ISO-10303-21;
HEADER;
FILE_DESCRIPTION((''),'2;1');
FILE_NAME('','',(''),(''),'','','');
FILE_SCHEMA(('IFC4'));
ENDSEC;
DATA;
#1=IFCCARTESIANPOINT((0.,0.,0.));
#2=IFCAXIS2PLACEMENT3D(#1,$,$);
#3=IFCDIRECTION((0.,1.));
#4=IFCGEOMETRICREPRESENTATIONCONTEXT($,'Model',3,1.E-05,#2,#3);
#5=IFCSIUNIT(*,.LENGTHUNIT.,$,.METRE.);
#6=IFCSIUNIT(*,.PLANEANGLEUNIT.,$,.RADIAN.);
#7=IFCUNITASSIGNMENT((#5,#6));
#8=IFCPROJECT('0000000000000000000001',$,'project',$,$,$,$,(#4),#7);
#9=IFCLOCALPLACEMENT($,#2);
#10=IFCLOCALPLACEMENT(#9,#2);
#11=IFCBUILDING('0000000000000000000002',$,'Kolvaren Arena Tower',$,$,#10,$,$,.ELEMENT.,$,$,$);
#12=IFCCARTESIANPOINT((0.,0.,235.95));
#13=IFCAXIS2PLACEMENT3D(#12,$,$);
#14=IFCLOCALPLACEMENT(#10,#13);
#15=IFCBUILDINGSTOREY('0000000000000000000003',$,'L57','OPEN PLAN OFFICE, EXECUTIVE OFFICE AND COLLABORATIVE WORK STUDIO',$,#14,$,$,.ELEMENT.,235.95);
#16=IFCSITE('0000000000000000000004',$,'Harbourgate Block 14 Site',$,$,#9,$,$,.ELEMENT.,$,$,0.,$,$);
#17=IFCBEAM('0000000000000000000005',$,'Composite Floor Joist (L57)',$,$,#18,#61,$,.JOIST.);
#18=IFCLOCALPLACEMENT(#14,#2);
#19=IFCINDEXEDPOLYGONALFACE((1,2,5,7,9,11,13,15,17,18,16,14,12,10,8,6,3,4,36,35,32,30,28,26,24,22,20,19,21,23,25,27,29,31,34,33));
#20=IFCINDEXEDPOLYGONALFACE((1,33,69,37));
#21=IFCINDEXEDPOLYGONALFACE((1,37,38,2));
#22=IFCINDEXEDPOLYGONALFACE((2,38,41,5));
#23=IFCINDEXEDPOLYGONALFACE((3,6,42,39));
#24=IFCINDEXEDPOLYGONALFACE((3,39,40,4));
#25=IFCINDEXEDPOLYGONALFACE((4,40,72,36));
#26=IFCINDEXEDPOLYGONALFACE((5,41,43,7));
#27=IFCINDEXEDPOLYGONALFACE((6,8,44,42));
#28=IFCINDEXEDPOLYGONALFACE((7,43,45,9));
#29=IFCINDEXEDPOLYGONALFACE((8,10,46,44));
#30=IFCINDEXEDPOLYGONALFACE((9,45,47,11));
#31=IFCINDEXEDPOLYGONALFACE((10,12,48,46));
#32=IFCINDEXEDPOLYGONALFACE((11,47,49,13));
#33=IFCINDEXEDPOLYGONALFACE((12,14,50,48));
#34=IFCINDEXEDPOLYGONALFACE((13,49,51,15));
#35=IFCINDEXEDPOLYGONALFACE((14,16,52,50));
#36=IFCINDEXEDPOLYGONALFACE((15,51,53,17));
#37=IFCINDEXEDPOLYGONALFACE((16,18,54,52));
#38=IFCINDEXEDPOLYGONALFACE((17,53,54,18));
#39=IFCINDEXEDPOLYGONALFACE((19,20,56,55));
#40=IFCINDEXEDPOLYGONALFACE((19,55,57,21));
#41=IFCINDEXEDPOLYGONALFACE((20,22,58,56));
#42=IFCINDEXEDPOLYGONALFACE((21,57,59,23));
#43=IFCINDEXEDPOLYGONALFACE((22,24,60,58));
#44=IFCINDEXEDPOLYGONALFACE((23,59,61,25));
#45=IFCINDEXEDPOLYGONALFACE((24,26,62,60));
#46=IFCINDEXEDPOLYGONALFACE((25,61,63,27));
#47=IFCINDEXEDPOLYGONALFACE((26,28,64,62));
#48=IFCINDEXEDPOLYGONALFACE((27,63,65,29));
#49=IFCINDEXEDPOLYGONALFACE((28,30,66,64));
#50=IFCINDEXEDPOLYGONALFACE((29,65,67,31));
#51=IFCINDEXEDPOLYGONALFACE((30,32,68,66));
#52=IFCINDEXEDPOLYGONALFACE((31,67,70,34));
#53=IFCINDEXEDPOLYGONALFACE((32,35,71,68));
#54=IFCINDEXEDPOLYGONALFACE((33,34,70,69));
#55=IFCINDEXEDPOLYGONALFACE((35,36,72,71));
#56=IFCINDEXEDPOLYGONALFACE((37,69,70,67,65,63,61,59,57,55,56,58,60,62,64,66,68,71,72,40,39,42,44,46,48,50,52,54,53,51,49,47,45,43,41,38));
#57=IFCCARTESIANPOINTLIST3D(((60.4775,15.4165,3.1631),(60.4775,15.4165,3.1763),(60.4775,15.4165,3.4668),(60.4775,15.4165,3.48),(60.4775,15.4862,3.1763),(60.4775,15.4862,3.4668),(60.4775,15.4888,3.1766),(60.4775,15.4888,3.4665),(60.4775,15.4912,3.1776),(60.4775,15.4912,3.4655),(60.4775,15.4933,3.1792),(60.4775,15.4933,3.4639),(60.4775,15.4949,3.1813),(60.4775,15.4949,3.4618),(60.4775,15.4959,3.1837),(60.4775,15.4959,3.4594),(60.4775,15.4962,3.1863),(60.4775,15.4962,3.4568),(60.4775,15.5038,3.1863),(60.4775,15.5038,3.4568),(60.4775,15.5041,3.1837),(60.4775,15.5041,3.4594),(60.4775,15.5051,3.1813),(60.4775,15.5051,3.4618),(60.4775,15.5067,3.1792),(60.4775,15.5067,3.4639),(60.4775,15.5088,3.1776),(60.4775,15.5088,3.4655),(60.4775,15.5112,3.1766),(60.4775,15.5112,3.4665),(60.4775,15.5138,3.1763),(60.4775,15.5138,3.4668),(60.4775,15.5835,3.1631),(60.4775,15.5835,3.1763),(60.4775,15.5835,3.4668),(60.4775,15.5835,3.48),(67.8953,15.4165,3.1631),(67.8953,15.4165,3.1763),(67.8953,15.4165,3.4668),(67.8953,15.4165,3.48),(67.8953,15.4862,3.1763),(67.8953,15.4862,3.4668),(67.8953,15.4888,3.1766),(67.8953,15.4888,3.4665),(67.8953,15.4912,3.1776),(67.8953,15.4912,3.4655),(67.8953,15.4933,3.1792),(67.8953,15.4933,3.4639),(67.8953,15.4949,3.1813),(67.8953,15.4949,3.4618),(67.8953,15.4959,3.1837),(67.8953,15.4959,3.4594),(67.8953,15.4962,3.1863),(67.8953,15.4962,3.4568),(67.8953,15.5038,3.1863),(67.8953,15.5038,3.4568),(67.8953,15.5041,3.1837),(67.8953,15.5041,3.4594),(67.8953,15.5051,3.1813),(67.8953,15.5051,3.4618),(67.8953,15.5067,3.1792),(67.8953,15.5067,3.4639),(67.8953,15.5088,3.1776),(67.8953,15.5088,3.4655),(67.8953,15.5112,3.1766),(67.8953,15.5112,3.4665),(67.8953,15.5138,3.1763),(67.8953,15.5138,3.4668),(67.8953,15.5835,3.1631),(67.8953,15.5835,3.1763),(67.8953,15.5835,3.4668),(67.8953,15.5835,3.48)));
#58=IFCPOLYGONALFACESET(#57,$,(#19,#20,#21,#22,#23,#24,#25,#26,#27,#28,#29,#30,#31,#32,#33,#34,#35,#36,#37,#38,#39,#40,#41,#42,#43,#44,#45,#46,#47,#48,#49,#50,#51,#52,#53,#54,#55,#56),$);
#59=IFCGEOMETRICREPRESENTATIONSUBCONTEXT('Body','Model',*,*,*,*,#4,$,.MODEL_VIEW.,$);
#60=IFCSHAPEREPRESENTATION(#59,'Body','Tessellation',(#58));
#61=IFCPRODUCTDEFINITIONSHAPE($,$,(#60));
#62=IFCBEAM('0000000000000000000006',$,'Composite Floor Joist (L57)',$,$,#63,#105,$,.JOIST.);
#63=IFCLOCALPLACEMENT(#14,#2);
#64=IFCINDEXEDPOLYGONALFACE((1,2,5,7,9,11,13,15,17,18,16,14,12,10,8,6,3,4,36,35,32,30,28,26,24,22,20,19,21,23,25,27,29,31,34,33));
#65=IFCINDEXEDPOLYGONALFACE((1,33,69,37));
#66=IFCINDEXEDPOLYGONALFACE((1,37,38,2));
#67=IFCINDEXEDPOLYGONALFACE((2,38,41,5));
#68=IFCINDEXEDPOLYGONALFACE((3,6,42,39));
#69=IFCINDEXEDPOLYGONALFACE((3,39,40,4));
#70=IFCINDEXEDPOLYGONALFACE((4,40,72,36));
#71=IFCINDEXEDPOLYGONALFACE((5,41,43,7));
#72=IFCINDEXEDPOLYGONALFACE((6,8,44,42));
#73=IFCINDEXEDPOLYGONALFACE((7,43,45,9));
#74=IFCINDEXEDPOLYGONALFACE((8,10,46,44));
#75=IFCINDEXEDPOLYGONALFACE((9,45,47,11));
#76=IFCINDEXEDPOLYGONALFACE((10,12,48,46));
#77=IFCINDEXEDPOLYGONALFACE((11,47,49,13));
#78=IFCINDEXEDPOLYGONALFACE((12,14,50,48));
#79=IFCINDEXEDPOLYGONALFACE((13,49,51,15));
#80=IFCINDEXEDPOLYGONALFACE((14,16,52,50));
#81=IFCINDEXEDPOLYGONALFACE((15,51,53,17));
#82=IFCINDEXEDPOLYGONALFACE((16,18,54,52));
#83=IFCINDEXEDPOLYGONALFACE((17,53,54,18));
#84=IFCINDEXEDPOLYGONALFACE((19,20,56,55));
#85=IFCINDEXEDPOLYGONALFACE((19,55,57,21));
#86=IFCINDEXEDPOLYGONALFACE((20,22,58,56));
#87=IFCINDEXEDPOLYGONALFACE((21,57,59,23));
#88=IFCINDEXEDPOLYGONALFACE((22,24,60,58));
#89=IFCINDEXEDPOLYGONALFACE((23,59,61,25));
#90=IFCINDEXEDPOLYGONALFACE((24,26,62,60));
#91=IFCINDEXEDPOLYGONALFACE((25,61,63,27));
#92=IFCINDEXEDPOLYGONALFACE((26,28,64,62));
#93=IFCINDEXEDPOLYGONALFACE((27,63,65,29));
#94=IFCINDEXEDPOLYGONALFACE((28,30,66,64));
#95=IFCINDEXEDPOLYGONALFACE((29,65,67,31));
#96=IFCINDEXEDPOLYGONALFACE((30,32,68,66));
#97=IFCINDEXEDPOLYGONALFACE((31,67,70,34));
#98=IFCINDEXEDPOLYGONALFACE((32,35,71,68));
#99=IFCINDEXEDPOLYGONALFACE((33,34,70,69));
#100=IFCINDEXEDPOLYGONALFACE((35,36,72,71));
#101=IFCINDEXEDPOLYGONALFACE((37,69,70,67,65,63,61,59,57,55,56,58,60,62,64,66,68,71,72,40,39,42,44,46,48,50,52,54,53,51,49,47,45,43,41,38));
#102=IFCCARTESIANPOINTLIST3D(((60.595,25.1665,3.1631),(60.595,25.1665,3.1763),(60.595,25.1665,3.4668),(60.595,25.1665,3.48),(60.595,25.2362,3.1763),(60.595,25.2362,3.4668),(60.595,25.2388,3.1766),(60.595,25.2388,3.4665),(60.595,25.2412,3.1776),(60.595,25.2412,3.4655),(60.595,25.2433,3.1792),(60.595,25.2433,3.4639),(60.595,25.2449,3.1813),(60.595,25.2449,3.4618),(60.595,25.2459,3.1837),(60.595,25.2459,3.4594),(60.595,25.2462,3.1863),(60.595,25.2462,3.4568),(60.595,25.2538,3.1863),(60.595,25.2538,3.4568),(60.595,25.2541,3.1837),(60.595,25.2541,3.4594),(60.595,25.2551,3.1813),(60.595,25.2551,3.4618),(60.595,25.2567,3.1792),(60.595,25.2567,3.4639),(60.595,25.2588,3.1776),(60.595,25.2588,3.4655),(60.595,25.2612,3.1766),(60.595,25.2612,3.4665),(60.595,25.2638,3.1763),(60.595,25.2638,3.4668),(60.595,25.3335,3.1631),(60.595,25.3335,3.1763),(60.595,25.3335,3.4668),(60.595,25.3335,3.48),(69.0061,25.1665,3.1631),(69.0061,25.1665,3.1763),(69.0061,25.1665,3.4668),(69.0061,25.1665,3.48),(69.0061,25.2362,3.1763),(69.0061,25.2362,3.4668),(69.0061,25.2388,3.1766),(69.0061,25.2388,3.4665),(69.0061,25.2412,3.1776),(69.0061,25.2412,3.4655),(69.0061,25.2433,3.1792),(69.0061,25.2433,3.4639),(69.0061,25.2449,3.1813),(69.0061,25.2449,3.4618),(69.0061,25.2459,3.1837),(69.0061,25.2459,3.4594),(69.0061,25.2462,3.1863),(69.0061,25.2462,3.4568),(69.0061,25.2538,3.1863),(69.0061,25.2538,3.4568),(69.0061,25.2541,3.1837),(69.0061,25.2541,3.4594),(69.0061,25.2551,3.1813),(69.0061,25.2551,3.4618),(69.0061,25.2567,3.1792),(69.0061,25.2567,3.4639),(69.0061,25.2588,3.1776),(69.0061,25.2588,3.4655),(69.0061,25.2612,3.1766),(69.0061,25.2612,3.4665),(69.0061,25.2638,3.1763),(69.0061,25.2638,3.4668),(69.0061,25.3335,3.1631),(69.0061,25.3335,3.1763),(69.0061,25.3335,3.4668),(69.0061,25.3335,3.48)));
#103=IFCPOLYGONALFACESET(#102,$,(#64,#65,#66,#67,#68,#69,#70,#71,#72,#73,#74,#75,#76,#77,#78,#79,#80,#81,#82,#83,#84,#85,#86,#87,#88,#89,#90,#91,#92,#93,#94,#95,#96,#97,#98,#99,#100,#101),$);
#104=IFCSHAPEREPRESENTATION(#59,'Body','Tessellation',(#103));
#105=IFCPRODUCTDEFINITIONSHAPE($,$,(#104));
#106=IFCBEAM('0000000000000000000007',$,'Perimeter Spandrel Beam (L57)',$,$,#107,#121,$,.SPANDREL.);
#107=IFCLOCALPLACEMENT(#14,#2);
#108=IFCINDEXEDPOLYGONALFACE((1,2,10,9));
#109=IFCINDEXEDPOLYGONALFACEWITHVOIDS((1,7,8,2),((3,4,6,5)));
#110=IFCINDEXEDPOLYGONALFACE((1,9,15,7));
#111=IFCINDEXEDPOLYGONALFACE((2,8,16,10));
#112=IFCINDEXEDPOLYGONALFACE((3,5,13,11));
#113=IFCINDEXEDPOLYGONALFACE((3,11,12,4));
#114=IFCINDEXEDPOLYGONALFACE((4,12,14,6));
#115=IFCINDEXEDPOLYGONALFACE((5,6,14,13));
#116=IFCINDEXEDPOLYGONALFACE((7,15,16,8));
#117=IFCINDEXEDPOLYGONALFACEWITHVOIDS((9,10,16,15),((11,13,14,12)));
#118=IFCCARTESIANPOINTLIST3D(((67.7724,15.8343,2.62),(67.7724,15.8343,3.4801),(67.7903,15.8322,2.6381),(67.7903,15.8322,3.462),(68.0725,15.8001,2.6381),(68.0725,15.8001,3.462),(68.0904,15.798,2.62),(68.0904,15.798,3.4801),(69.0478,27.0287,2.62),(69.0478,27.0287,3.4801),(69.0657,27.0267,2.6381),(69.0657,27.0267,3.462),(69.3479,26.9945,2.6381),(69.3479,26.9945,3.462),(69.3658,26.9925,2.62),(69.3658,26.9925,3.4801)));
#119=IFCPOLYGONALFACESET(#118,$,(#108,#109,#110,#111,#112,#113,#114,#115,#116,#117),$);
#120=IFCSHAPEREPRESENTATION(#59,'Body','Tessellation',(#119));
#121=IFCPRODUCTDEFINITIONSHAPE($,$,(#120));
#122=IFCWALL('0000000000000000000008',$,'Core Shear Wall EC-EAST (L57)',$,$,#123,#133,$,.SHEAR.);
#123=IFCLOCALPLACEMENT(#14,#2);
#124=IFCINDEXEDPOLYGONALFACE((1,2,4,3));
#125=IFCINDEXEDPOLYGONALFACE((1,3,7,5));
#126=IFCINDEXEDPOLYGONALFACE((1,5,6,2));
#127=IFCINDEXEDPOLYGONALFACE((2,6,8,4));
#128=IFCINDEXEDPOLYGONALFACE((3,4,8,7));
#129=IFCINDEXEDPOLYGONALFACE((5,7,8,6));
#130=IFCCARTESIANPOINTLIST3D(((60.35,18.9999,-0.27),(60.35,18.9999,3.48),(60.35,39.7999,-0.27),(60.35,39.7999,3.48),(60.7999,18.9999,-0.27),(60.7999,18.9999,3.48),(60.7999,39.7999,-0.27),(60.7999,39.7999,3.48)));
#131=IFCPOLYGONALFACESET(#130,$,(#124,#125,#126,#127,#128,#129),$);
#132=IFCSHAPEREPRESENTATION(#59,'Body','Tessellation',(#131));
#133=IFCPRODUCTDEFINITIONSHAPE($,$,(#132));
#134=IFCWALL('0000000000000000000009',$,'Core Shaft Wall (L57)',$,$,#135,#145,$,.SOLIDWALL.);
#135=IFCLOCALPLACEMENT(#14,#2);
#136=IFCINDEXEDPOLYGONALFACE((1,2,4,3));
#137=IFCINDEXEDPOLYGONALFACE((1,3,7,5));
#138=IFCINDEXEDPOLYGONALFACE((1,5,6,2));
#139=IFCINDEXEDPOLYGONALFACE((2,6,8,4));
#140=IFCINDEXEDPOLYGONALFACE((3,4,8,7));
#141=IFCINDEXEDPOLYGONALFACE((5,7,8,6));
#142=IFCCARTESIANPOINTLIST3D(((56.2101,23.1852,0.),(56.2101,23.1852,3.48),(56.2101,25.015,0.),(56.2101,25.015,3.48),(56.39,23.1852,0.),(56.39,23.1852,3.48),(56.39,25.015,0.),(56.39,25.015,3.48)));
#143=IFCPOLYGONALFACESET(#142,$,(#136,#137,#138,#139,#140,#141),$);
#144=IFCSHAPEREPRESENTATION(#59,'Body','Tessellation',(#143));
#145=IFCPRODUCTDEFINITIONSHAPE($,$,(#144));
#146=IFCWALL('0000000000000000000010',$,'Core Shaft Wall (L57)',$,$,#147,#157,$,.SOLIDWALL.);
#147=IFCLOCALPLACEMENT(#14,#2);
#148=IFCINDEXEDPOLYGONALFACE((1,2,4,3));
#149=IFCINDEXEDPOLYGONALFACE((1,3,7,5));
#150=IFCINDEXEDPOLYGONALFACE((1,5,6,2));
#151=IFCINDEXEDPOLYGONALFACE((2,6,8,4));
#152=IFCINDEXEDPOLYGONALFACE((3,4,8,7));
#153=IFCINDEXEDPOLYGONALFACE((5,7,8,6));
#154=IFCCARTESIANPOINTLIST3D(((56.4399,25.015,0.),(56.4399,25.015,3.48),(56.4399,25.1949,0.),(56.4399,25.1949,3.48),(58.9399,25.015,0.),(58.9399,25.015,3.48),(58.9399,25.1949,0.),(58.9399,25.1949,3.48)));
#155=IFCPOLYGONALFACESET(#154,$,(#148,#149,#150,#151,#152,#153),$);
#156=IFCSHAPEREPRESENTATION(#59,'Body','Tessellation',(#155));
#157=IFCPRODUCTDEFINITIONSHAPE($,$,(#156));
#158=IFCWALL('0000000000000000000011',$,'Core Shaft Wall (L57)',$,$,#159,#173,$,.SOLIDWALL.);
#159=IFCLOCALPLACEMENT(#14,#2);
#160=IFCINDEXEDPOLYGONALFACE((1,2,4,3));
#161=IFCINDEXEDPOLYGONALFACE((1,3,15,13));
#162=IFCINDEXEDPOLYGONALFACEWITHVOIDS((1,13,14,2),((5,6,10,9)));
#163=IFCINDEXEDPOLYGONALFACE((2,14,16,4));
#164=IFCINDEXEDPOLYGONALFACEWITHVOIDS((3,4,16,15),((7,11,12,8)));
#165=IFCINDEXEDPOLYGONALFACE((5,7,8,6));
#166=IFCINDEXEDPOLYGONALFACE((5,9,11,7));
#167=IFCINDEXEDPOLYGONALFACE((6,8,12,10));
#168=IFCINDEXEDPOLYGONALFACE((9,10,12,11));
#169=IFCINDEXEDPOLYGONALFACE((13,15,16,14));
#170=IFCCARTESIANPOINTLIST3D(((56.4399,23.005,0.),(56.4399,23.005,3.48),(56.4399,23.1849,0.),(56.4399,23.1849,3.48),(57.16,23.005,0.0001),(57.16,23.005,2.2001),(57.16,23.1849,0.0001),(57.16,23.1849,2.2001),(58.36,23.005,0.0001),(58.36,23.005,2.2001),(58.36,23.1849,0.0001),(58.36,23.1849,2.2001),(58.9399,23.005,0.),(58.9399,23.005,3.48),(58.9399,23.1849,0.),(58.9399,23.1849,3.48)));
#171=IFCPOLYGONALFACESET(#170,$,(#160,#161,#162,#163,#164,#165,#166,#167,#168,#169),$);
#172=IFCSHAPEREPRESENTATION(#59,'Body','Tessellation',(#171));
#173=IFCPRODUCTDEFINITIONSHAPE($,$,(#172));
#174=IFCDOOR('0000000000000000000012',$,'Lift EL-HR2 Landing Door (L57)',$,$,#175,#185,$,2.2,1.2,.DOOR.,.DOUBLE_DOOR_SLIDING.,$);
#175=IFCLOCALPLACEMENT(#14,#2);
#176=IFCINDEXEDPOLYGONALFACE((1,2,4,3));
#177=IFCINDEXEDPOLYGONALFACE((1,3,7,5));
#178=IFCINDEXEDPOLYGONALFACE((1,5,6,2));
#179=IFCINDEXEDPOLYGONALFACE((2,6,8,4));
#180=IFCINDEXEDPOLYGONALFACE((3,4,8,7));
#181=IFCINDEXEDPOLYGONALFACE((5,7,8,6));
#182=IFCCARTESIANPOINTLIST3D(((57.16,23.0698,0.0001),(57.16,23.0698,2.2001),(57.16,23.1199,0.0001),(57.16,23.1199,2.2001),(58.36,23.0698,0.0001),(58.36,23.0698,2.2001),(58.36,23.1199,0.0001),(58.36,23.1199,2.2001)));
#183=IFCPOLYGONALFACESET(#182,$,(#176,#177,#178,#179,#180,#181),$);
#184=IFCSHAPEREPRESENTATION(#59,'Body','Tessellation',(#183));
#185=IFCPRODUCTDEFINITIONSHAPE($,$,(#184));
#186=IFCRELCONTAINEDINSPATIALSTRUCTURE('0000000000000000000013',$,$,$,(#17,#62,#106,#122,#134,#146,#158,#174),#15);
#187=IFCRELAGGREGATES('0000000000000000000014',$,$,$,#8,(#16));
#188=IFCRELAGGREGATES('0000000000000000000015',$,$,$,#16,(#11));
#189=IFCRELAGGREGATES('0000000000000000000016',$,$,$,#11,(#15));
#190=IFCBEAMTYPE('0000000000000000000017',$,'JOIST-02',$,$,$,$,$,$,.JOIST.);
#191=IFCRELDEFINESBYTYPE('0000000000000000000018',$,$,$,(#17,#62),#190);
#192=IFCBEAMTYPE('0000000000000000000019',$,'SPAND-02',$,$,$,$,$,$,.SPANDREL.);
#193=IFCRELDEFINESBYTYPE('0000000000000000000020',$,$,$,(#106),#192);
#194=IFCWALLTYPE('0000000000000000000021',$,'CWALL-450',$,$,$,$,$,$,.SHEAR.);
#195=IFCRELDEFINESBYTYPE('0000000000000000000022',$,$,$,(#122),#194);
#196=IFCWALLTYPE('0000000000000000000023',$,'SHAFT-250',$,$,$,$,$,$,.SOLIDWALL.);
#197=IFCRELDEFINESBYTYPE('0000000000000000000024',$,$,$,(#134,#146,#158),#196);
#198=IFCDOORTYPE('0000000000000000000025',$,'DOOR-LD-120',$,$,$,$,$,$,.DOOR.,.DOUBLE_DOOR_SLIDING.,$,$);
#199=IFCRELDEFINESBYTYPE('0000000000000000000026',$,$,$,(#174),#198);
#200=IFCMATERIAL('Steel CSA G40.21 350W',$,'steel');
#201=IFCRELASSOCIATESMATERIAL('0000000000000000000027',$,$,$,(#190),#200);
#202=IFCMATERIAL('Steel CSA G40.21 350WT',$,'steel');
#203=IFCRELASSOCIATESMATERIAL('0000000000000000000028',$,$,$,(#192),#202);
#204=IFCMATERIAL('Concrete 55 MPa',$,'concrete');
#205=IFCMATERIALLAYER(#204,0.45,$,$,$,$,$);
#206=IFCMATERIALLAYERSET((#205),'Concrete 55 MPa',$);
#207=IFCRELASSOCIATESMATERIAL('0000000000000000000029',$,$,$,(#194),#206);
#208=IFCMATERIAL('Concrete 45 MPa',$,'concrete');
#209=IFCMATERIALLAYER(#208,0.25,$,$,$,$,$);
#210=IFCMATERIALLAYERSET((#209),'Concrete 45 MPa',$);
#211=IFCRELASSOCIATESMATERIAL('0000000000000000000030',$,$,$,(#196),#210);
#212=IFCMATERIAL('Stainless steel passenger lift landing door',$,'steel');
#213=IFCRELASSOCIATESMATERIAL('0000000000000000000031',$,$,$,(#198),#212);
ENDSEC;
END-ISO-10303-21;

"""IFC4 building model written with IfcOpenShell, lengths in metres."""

from ifc_helpers import new_model, si_unit, direction, frame, frame_2d, origin, origin_2d, place, context, subcontext, project, spatial, rectangle, hollow_rectangle, i_section, extrude, material, layer, layer_set, material_profile, profile_set, type_object, element, fill, save


model = new_model("IFC4")

# Units and contexts
model_context = context("Model", 3, precision=1e-05, world=origin(), true_north=direction((0.0, 1.0)))
body_context = subcontext(model_context, "Body", "Model", "MODEL_VIEW")
ifc_project = project(units=[si_unit("LENGTHUNIT", "METRE"), si_unit("PLANEANGLEUNIT", "RADIAN")], contexts=[model_context])

# Site, building, storey
site_placement = place(None, origin())
site = spatial("IfcSite", under=ifc_project, at=site_placement, Name="Harbourgate Block 14 Site", CompositionType="ELEMENT", RefElevation=0.0)
building_placement = place(site_placement, origin())
building = spatial("IfcBuilding", under=site, at=building_placement, Name="Kolvaren Arena Tower", CompositionType="ELEMENT")
storey_placement = place(building_placement, frame((0.0, 0.0, 235.95)))
storey = spatial("IfcBuildingStorey", under=building, at=storey_placement, Name="L57", Description="OPEN PLAN OFFICE, EXECUTIVE OFFICE AND COLLABORATIVE WORK STUDIO", CompositionType="ELEMENT", Elevation=235.95)

# Beams
ifc_material_1 = material(Name="Steel CSA G40.21 350W", Category="steel")
ifc_material_profile_1 = material_profile(ifc_material_1, i_section(OverallWidth=0.167, OverallDepth=0.3169, WebThickness=0.0076, FlangeThickness=0.0132, FilletRadius=0.01, at=origin_2d()), Name="W310x52")
ifc_profile_set_1 = profile_set([ifc_material_profile_1], Name="Steel CSA G40.21 350W")
beam_type_1 = type_object("IfcBeamType", Name="JOIST-02", PredefinedType="JOIST", material=ifc_profile_set_1)
beam_1_placement = place(storey_placement, frame((60.4775, 15.5, 3.3215), z_axis=(1.0, 0.0, 0.0), x_axis=(0.0, 1.0, 0.0)))
element("IfcBeam", 1, at=beam_1_placement, inside=storey, type_object=beam_type_1, Name="Composite Floor Joist (L57)", PredefinedType="JOIST", context=body_context, shape_type="SweptSolid", body=[
    extrude(i_section(OverallWidth=0.167, OverallDepth=0.3169, WebThickness=0.0076, FlangeThickness=0.0132, FilletRadius=0.01, at=origin_2d()), origin(), (0.0, 0.0, 1.0), 7.4177),
])
beam_2_placement = place(storey_placement, frame((60.595, 25.25, 3.3215), z_axis=(1.0, 0.0, 0.0), x_axis=(0.0, 1.0, 0.0)))
element("IfcBeam", 2, at=beam_2_placement, inside=storey, type_object=beam_type_1, Name="Composite Floor Joist (L57)", PredefinedType="JOIST", context=body_context, shape_type="SweptSolid", body=[
    extrude(i_section(OverallWidth=0.167, OverallDepth=0.3169, WebThickness=0.0076, FlangeThickness=0.0132, FilletRadius=0.01, at=origin_2d()), origin(), (0.0, 0.0, 1.0), 8.4111),
])
ifc_material_2 = material(Name="Steel CSA G40.21 350WT", Category="steel")
ifc_material_profile_2 = material_profile(ifc_material_2, hollow_rectangle(XDim=0.3201, YDim=0.8601, WallThickness=0.0181, at=origin_2d()), Name="HSS 860x320x18")
ifc_profile_set_2 = profile_set([ifc_material_profile_2], Name="Steel CSA G40.21 350WT")
beam_type_2 = type_object("IfcBeamType", Name="SPAND-02", PredefinedType="SPANDREL", material=ifc_profile_set_2)
beam_3_placement = place(storey_placement, frame((67.9314, 15.8162, 3.05), z_axis=(0.113199, 0.993572, 0.0), x_axis=(-0.993572, 0.113199, 0.0)))
element("IfcBeam", 3, at=beam_3_placement, inside=storey, type_object=beam_type_2, Name="Perimeter Spandrel Beam (L57)", PredefinedType="SPANDREL", context=body_context, shape_type="SweptSolid", body=[
    extrude(hollow_rectangle(XDim=0.3201, YDim=0.8601, WallThickness=0.0181, at=origin_2d()), origin(), (0.0, 0.0, 1.0), 11.2668),
])

# Walls
ifc_material_3 = material(Name="Concrete 55 MPa", Category="concrete")
ifc_layer_1 = layer(ifc_material_3, 0.45)
ifc_layer_set_1 = layer_set([ifc_layer_1], Name="Concrete 55 MPa")
wall_type_1 = type_object("IfcWallType", Name="CWALL-450", PredefinedType="SHEAR", material=ifc_layer_set_1)
wall_1_placement = place(storey_placement, frame((60.575, 19.0, -0.27), z_axis=(0.0, 0.0, 1.0), x_axis=(0.0, 1.0, 0.0)))
element("IfcWall", 4, at=wall_1_placement, inside=storey, type_object=wall_type_1, Name="Core Shear Wall EC-EAST (L57)", PredefinedType="SHEAR", context=body_context, shape_type="SweptSolid", body=[
    extrude(rectangle(XDim=20.8, YDim=0.45, at=frame_2d((10.3999, 0.0))), origin(), (0.0, 0.0, 1.0), 3.75),
])
ifc_material_4 = material(Name="Concrete 45 MPa", Category="concrete")
ifc_layer_2 = layer(ifc_material_4, 0.25)
ifc_layer_set_2 = layer_set([ifc_layer_2], Name="Concrete 45 MPa")
wall_type_2 = type_object("IfcWallType", Name="SHAFT-250", PredefinedType="SOLIDWALL", material=ifc_layer_set_2)
wall_2_placement = place(storey_placement, frame((56.3, 23.1851, 0.0), z_axis=(0.0, 0.0, 1.0), x_axis=(0.0, 1.0, 0.0)))
element("IfcWall", 5, at=wall_2_placement, inside=storey, type_object=wall_type_2, Name="Core Shaft Wall (L57)", PredefinedType="SOLIDWALL", context=body_context, shape_type="SweptSolid", body=[
    extrude(rectangle(XDim=1.8298, YDim=0.1799, at=frame_2d((0.915, 0.0))), origin(), (0.0, 0.0, 1.0), 3.48),
])
wall_3_placement = place(storey_placement, frame((56.4399, 25.105, 0.0), z_axis=(0.0, 0.0, 1.0), x_axis=(1.0, 0.0, 0.0)))
element("IfcWall", 6, at=wall_3_placement, inside=storey, type_object=wall_type_2, Name="Core Shaft Wall (L57)", PredefinedType="SOLIDWALL", context=body_context, shape_type="SweptSolid", body=[
    extrude(rectangle(XDim=2.5, YDim=0.1799, at=frame_2d((1.25, 0.0))), origin(), (0.0, 0.0, 1.0), 3.48),
])

# Wall, opening, door
wall_4_placement = place(storey_placement, frame((56.4399, 23.095, 0.0), z_axis=(0.0, 0.0, 1.0), x_axis=(1.0, 0.0, 0.0)))
wall_4 = element("IfcWall", 7, at=wall_4_placement, inside=storey, type_object=wall_type_2, Name="Core Shaft Wall (L57)", PredefinedType="SOLIDWALL", context=body_context, shape_type="SweptSolid", body=[
    extrude(rectangle(XDim=2.5, YDim=0.1799, at=frame_2d((1.25, 0.0))), origin(), (0.0, 0.0, 1.0), 3.48),
])
opening_placement = place(wall_4_placement, frame((0.72, 0.0, 0.0)))
opening = element("IfcOpeningElement", 8, at=opening_placement, cuts=wall_4, PredefinedType="OPENING", context=body_context, shape_type="SweptSolid", body=[
    extrude(rectangle(XDim=1.2, YDim=2.2, at=frame_2d((0.6001, 1.1001))), frame((0.0, 0.0999, 0.0), z_axis=(0.0, -1.0, 0.0), x_axis=(1.0, 0.0, 0.0)), (0.0, 0.0, 1.0), 0.2),
])
ifc_material_5 = material(Name="Stainless steel passenger lift landing door", Category="steel")
door_type = type_object("IfcDoorType", Name="DOOR-LD-120", OperationType="DOUBLE_DOOR_SLIDING", PredefinedType="DOOR", material=ifc_material_5)
door_placement = place(opening_placement, origin())
door = element("IfcDoor", 9, at=door_placement, inside=storey, type_object=door_type, Name="Lift EL-HR2 Landing Door (L57)", OperationType="DOUBLE_DOOR_SLIDING", OverallHeight=2.2, OverallWidth=1.2, PredefinedType="DOOR", context=body_context, shape_type="SweptSolid", body=[
    extrude(rectangle(XDim=1.2, YDim=2.2, at=frame_2d((0.6001, 1.1001))), frame((0.0, 0.0249, 0.0), z_axis=(0.0, -1.0, 0.0), x_axis=(1.0, 0.0, 0.0)), (0.0, 0.0, 1.0), 0.05),
])
fill(opening, door)

save(model, "model.ifc")
